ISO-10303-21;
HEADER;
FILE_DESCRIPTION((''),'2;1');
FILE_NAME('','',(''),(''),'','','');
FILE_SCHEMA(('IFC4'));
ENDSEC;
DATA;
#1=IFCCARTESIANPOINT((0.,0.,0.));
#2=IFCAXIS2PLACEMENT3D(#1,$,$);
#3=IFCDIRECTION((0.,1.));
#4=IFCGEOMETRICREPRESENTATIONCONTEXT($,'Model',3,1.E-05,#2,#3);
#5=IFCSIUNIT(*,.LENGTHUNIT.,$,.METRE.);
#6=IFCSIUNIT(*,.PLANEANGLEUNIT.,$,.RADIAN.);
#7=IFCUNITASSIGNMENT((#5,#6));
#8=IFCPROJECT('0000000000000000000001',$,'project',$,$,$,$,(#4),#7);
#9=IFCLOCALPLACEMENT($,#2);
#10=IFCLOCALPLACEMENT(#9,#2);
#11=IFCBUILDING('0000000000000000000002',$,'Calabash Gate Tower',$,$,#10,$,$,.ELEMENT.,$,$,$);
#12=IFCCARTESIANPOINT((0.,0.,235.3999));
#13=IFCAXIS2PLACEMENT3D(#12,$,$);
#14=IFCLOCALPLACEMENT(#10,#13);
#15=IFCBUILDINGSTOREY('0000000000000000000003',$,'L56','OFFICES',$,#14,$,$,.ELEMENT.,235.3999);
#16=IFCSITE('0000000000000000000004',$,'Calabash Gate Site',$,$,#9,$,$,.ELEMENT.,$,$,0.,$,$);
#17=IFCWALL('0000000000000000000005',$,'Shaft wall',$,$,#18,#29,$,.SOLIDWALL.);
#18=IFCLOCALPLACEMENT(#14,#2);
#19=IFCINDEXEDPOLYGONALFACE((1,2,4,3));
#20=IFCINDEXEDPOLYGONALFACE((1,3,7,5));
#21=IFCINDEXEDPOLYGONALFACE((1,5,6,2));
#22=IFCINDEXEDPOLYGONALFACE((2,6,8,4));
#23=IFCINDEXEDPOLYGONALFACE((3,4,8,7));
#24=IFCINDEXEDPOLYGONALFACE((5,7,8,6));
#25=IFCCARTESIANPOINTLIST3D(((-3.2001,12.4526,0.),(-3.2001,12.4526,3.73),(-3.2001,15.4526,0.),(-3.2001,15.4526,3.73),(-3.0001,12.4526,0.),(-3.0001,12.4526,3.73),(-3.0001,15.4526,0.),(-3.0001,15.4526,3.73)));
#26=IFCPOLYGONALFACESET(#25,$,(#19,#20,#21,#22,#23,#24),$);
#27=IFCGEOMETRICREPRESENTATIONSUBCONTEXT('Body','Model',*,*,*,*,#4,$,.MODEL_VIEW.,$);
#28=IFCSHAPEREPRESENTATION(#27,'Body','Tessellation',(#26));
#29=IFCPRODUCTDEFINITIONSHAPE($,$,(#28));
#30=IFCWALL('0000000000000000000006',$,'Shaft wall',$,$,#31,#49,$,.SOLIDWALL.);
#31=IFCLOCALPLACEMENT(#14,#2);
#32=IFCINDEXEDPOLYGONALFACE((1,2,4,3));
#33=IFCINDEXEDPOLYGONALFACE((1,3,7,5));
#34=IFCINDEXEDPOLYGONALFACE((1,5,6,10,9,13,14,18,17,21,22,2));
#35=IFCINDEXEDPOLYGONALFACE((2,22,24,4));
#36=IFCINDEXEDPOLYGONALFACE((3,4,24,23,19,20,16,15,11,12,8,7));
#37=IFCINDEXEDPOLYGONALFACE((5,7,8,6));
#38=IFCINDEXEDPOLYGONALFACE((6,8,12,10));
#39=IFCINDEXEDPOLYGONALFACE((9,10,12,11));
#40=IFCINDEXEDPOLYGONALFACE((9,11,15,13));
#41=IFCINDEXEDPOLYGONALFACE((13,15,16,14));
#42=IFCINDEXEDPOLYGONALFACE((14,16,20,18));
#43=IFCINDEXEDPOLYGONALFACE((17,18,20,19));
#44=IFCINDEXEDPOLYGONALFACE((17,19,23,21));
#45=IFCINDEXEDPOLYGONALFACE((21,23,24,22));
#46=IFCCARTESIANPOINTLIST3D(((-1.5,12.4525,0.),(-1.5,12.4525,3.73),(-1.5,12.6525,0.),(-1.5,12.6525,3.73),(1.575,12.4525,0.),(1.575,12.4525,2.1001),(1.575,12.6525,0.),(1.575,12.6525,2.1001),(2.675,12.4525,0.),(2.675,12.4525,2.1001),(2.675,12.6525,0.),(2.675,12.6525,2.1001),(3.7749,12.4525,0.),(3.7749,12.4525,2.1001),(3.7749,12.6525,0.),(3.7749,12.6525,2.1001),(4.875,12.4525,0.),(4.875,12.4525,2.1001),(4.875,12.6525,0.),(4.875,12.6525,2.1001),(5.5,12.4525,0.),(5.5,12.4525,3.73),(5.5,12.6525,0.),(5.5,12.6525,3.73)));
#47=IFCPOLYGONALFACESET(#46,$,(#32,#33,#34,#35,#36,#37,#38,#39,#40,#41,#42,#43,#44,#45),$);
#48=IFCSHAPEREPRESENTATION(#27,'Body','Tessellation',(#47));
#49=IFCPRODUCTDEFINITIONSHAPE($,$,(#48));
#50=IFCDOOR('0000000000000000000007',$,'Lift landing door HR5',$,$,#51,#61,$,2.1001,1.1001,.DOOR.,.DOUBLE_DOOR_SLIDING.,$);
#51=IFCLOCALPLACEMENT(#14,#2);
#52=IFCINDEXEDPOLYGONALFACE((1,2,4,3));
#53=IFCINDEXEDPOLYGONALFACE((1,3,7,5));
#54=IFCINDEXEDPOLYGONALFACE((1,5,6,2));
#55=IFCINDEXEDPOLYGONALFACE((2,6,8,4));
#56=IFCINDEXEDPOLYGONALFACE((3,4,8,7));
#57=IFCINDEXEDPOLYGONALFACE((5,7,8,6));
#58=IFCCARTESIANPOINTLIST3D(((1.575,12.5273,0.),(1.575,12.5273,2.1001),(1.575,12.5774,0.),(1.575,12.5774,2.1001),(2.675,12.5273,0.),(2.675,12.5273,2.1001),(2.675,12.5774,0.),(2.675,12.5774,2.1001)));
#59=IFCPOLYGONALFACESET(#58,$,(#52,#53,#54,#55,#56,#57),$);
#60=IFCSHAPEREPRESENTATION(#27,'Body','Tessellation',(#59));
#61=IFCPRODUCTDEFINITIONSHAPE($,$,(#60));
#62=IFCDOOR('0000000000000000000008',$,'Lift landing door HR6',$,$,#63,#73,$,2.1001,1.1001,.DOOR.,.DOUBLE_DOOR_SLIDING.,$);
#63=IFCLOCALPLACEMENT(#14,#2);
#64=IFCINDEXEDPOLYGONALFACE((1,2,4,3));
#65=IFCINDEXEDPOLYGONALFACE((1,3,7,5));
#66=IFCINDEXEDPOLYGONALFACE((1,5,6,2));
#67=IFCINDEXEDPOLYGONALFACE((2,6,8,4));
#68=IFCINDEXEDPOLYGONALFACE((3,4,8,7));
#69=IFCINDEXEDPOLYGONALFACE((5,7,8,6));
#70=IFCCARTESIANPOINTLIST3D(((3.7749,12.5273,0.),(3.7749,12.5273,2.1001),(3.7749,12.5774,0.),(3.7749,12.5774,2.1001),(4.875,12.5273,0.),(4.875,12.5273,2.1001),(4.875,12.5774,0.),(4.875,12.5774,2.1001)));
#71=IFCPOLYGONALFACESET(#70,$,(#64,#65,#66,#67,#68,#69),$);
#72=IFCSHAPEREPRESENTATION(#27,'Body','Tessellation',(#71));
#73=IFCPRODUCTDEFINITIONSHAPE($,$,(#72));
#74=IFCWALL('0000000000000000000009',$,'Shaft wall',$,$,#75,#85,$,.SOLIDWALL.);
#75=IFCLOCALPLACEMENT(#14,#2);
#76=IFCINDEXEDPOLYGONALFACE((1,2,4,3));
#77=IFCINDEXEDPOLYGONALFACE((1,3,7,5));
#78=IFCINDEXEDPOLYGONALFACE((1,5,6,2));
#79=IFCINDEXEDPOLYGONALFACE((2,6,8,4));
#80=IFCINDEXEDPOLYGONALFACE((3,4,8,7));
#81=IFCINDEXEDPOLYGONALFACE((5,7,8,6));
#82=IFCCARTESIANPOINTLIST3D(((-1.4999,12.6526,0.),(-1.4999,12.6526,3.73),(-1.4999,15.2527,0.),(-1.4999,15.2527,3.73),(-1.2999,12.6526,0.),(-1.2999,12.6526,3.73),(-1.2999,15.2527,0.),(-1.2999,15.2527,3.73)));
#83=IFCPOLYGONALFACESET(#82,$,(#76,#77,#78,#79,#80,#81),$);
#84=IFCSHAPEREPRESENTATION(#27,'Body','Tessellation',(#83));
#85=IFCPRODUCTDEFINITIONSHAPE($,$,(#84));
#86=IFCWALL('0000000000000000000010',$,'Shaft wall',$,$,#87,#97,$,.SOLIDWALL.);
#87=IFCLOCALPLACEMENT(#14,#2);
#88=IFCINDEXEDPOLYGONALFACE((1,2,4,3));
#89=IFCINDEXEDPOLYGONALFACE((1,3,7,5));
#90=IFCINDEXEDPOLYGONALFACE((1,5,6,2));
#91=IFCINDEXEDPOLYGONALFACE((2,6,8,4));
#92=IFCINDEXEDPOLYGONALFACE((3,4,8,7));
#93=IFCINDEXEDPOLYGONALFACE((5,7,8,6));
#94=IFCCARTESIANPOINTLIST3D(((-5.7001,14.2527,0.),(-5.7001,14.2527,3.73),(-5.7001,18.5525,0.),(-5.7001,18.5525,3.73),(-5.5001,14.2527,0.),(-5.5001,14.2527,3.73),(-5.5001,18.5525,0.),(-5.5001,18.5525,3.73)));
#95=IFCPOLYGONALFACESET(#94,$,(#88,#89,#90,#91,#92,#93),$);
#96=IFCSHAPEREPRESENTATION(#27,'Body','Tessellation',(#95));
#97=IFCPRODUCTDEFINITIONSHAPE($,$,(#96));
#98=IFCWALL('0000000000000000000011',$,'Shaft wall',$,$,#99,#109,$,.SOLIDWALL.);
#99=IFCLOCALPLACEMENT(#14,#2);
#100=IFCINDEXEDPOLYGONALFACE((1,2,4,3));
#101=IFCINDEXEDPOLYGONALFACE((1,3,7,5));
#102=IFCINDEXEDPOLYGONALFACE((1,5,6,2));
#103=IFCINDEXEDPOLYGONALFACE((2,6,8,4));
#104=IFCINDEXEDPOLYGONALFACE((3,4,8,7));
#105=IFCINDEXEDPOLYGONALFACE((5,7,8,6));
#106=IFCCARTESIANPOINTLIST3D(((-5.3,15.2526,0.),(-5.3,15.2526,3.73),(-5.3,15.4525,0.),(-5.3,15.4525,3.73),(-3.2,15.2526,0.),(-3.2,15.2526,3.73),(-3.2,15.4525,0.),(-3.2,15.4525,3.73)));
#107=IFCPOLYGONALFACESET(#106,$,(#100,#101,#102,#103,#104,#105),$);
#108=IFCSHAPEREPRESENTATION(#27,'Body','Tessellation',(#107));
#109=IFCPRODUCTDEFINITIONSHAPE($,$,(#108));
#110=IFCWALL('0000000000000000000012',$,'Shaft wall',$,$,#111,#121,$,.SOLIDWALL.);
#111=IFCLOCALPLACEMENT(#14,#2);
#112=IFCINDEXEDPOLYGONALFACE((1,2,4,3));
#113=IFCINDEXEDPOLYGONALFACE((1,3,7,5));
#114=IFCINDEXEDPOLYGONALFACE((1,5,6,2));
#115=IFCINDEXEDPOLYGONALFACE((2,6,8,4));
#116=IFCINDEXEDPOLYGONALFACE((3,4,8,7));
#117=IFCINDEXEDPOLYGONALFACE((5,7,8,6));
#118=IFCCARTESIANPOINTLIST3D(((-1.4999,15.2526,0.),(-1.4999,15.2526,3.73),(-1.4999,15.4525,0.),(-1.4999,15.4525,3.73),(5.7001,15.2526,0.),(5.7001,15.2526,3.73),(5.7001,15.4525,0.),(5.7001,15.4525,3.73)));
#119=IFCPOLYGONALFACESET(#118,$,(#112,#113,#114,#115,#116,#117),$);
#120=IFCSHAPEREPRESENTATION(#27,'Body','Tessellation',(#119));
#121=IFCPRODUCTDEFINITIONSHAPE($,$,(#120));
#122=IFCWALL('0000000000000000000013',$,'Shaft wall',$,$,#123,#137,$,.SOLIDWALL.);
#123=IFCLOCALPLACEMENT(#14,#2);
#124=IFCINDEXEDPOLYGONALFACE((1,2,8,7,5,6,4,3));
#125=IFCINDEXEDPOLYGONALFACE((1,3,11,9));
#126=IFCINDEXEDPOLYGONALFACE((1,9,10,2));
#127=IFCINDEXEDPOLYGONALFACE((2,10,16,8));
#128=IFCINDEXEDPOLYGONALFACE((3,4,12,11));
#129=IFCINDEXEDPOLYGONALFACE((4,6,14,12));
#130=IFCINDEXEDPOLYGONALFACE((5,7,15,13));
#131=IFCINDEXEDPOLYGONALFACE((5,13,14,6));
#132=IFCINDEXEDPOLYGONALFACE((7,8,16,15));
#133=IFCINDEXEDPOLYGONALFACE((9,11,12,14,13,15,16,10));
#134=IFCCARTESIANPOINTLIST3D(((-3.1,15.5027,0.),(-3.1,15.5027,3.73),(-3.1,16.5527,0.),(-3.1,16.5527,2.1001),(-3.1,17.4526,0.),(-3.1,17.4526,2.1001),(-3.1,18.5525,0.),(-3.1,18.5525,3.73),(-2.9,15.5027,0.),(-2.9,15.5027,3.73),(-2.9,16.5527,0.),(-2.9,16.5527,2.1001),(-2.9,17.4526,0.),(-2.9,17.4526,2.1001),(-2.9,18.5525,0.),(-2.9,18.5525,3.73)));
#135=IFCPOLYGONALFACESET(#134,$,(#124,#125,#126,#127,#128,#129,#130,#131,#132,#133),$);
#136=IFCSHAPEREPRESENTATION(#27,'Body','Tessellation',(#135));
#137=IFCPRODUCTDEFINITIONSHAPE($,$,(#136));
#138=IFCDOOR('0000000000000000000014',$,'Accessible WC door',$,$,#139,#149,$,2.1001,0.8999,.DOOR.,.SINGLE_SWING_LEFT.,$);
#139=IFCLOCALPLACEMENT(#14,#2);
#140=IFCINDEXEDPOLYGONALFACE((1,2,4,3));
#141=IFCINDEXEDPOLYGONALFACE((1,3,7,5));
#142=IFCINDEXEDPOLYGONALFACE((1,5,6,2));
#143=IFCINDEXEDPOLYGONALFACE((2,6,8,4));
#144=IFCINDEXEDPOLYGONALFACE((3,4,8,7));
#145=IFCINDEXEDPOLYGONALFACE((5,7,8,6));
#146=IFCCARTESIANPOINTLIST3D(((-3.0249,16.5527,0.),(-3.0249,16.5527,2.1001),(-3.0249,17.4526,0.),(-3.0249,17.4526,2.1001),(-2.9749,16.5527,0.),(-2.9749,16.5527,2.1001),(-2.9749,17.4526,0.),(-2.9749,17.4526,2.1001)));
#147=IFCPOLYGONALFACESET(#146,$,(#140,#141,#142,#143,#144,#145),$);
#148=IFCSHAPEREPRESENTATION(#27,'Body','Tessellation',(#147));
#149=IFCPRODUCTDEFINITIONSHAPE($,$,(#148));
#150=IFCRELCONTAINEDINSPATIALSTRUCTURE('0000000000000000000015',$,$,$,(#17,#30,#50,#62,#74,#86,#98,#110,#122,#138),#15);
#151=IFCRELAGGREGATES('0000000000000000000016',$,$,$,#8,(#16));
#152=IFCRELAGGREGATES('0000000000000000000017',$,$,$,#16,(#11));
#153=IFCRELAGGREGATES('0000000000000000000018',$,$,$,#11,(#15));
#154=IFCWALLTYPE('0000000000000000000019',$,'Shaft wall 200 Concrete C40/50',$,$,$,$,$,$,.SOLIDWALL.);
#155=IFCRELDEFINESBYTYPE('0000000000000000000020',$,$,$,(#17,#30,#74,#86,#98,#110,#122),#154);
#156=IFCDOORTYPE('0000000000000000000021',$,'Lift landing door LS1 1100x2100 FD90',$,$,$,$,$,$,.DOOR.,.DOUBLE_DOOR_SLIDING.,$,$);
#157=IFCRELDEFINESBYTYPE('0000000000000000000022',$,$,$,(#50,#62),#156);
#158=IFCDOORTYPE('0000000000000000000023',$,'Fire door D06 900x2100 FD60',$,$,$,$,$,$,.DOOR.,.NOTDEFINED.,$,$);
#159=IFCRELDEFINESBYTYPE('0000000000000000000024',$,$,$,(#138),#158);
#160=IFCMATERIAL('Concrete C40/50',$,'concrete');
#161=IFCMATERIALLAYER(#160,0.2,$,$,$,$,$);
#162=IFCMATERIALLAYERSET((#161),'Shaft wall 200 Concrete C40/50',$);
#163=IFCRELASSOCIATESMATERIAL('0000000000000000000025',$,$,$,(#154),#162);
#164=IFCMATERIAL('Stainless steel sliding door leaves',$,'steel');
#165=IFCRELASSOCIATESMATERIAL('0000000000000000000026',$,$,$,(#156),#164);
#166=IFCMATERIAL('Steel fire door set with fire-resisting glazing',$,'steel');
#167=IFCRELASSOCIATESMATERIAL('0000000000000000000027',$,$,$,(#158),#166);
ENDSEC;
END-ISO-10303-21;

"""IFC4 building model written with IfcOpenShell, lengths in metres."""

from ifc_helpers import new_model, si_unit, direction, frame, frame_2d, origin, place, context, subcontext, project, spatial, rectangle, extrude, material, layer, layer_set, type_object, element, fill, save


model = new_model("IFC4")

# Units and contexts
model_context = context("Model", 3, precision=1e-05, world=origin(), true_north=direction((0.0, 1.0)))
body_context = subcontext(model_context, "Body", "Model", "MODEL_VIEW")
ifc_project = project(units=[si_unit("LENGTHUNIT", "METRE"), si_unit("PLANEANGLEUNIT", "RADIAN")], contexts=[model_context])

# Site, building, storey
site_placement = place(None, origin())
site = spatial("IfcSite", under=ifc_project, at=site_placement, Name="Calabash Gate Site", CompositionType="ELEMENT", RefElevation=0.0)
building_placement = place(site_placement, origin())
building = spatial("IfcBuilding", under=site, at=building_placement, Name="Calabash Gate Tower", CompositionType="ELEMENT")
storey_placement = place(building_placement, frame((0.0, 0.0, 235.3999)))
storey = spatial("IfcBuildingStorey", under=building, at=storey_placement, Name="L56", Description="OFFICES", CompositionType="ELEMENT", Elevation=235.3999)

# Shared definitions
ifc_material_1 = material(Name="Concrete C40/50", Category="concrete")
ifc_layer = layer(ifc_material_1, 0.2)
ifc_layer_set = layer_set([ifc_layer], Name="Shaft wall 200 Concrete C40/50")
wall_type = type_object("IfcWallType", Name="Shaft wall 200 Concrete C40/50", PredefinedType="SOLIDWALL", material=ifc_layer_set)

# Shared definitions
ifc_material_2 = material(Name="Stainless steel sliding door leaves", Category="steel")
door_type_1 = type_object("IfcDoorType", Name="Lift landing door LS1 1100x2100 FD90", OperationType="DOUBLE_DOOR_SLIDING", PredefinedType="DOOR", material=ifc_material_2)

# Shared definitions
ifc_material_3 = material(Name="Steel fire door set with fire-resisting glazing", Category="steel")
door_type_2 = type_object("IfcDoorType", Name="Fire door D06 900x2100 FD60", OperationType="NOTDEFINED", PredefinedType="DOOR", material=ifc_material_3)

# Wall
wall_1_placement = place(storey_placement, frame((-3.1001, 12.4526, 0.0), z_axis=(0.0, 0.0, 1.0), x_axis=(0.0, 1.0, 0.0)))
element("IfcWall", 1, at=wall_1_placement, inside=storey, type_object=wall_type, Name="Shaft wall", PredefinedType="SOLIDWALL", context=body_context, shape_type="SweptSolid", body=[
    extrude(rectangle(XDim=3.0, YDim=0.2, at=frame_2d((1.5, 0.0))), origin(), (0.0, 0.0, 1.0), 3.73),
])

# Wall, openings, doors
wall_2_placement = place(storey_placement, frame((-1.5, 12.5525, 0.0), z_axis=(0.0, 0.0, 1.0), x_axis=(1.0, 0.0, 0.0)))
wall_2 = element("IfcWall", 2, at=wall_2_placement, inside=storey, type_object=wall_type, Name="Shaft wall", PredefinedType="SOLIDWALL", context=body_context, shape_type="SweptSolid", body=[
    extrude(rectangle(XDim=7.0, YDim=0.2, at=frame_2d((3.5, 0.0))), origin(), (0.0, 0.0, 1.0), 3.73),
])
opening_1_placement = place(wall_2_placement, frame((3.075, 0.0, 0.0)))
opening_1 = element("IfcOpeningElement", 3, at=opening_1_placement, cuts=wall_2, PredefinedType="OPENING", context=body_context, shape_type="SweptSolid", body=[
    extrude(rectangle(XDim=1.1001, YDim=2.1001, at=frame_2d((0.55, 1.05))), frame((0.0, 0.1099, 0.0), z_axis=(0.0, -1.0, 0.0), x_axis=(1.0, 0.0, 0.0)), (0.0, 0.0, 1.0), 0.22),
])
opening_2_placement = place(wall_2_placement, frame((5.2749, 0.0, 0.0)))
opening_2 = element("IfcOpeningElement", 4, at=opening_2_placement, cuts=wall_2, PredefinedType="OPENING", context=body_context, shape_type="SweptSolid", body=[
    extrude(rectangle(XDim=1.1001, YDim=2.1001, at=frame_2d((0.55, 1.05))), frame((0.0, 0.1099, 0.0), z_axis=(0.0, -1.0, 0.0), x_axis=(1.0, 0.0, 0.0)), (0.0, 0.0, 1.0), 0.22),
])
door_1_placement = place(opening_1_placement, origin())
door_1 = element("IfcDoor", 5, at=door_1_placement, inside=storey, type_object=door_type_1, Name="Lift landing door HR5", OperationType="DOUBLE_DOOR_SLIDING", OverallHeight=2.1001, OverallWidth=1.1001, PredefinedType="DOOR", context=body_context, shape_type="SweptSolid", body=[
    extrude(rectangle(XDim=1.1001, YDim=2.1001, at=frame_2d((0.55, 1.05))), frame((0.0, 0.0249, 0.0), z_axis=(0.0, -1.0, 0.0), x_axis=(1.0, 0.0, 0.0)), (0.0, 0.0, 1.0), 0.05),
])
fill(opening_1, door_1)
door_2_placement = place(opening_2_placement, origin())
door_2 = element("IfcDoor", 6, at=door_2_placement, inside=storey, type_object=door_type_1, Name="Lift landing door HR6", OperationType="DOUBLE_DOOR_SLIDING", OverallHeight=2.1001, OverallWidth=1.1001, PredefinedType="DOOR", context=body_context, shape_type="SweptSolid", body=[
    extrude(rectangle(XDim=1.1001, YDim=2.1001, at=frame_2d((0.55, 1.05))), frame((0.0, 0.0249, 0.0), z_axis=(0.0, -1.0, 0.0), x_axis=(1.0, 0.0, 0.0)), (0.0, 0.0, 1.0), 0.05),
])
fill(opening_2, door_2)

# Walls
wall_3_placement = place(storey_placement, frame((-1.3999, 12.6526, 0.0), z_axis=(0.0, 0.0, 1.0), x_axis=(0.0, 1.0, 0.0)))
element("IfcWall", 7, at=wall_3_placement, inside=storey, type_object=wall_type, Name="Shaft wall", PredefinedType="SOLIDWALL", context=body_context, shape_type="SweptSolid", body=[
    extrude(rectangle(XDim=2.6001, YDim=0.2, at=frame_2d((1.3, 0.0))), origin(), (0.0, 0.0, 1.0), 3.73),
])
wall_4_placement = place(storey_placement, frame((-5.6001, 14.2527, 0.0), z_axis=(0.0, 0.0, 1.0), x_axis=(0.0, 1.0, 0.0)))
element("IfcWall", 8, at=wall_4_placement, inside=storey, type_object=wall_type, Name="Shaft wall", PredefinedType="SOLIDWALL", context=body_context, shape_type="SweptSolid", body=[
    extrude(rectangle(XDim=4.2998, YDim=0.2, at=frame_2d((2.1499, 0.0))), origin(), (0.0, 0.0, 1.0), 3.73),
])
wall_5_placement = place(storey_placement, frame((-5.3, 15.3525, 0.0), z_axis=(0.0, 0.0, 1.0), x_axis=(1.0, 0.0, 0.0)))
element("IfcWall", 9, at=wall_5_placement, inside=storey, type_object=wall_type, Name="Shaft wall", PredefinedType="SOLIDWALL", context=body_context, shape_type="SweptSolid", body=[
    extrude(rectangle(XDim=2.1001, YDim=0.2, at=frame_2d((1.05, 0.0))), origin(), (0.0, 0.0, 1.0), 3.73),
])
wall_6_placement = place(storey_placement, frame((-1.5, 15.3525, 0.0), z_axis=(0.0, 0.0, 1.0), x_axis=(1.0, 0.0, 0.0)))
element("IfcWall", 10, at=wall_6_placement, inside=storey, type_object=wall_type, Name="Shaft wall", PredefinedType="SOLIDWALL", context=body_context, shape_type="SweptSolid", body=[
    extrude(rectangle(XDim=7.2, YDim=0.2, at=frame_2d((3.6001, 0.0))), origin(), (0.0, 0.0, 1.0), 3.73),
])

# Wall, opening, door
wall_7_placement = place(storey_placement, frame((-3.0, 15.5027, 0.0), z_axis=(0.0, 0.0, 1.0), x_axis=(0.0, 1.0, 0.0)))
wall_7 = element("IfcWall", 11, at=wall_7_placement, inside=storey, type_object=wall_type, Name="Shaft wall", PredefinedType="SOLIDWALL", context=body_context, shape_type="SweptSolid", body=[
    extrude(rectangle(XDim=3.0498, YDim=0.2, at=frame_2d((1.5249, 0.0))), origin(), (0.0, 0.0, 1.0), 3.73),
])
opening_3_placement = place(wall_7_placement, frame((1.05, 0.0, 0.0)))
opening_3 = element("IfcOpeningElement", 12, at=opening_3_placement, cuts=wall_7, PredefinedType="OPENING", context=body_context, shape_type="SweptSolid", body=[
    extrude(rectangle(XDim=0.8999, YDim=2.1001, at=frame_2d((0.45, 1.05))), frame((0.0, 0.1099, 0.0), z_axis=(0.0, -1.0, 0.0), x_axis=(1.0, 0.0, 0.0)), (0.0, 0.0, 1.0), 0.22),
])
door_3_placement = place(opening_3_placement, origin())
door_3 = element("IfcDoor", 13, at=door_3_placement, inside=storey, type_object=door_type_2, Name="Accessible WC door", OperationType="SINGLE_SWING_LEFT", OverallHeight=2.1001, OverallWidth=0.8999, PredefinedType="DOOR", context=body_context, shape_type="SweptSolid", body=[
    extrude(rectangle(XDim=0.8999, YDim=2.1001, at=frame_2d((0.45, 1.05))), frame((0.0, 0.0249, 0.0), z_axis=(0.0, -1.0, 0.0), x_axis=(1.0, 0.0, 0.0)), (0.0, 0.0, 1.0), 0.05),
])
fill(opening_3, door_3)

save(model, "model.ifc")
